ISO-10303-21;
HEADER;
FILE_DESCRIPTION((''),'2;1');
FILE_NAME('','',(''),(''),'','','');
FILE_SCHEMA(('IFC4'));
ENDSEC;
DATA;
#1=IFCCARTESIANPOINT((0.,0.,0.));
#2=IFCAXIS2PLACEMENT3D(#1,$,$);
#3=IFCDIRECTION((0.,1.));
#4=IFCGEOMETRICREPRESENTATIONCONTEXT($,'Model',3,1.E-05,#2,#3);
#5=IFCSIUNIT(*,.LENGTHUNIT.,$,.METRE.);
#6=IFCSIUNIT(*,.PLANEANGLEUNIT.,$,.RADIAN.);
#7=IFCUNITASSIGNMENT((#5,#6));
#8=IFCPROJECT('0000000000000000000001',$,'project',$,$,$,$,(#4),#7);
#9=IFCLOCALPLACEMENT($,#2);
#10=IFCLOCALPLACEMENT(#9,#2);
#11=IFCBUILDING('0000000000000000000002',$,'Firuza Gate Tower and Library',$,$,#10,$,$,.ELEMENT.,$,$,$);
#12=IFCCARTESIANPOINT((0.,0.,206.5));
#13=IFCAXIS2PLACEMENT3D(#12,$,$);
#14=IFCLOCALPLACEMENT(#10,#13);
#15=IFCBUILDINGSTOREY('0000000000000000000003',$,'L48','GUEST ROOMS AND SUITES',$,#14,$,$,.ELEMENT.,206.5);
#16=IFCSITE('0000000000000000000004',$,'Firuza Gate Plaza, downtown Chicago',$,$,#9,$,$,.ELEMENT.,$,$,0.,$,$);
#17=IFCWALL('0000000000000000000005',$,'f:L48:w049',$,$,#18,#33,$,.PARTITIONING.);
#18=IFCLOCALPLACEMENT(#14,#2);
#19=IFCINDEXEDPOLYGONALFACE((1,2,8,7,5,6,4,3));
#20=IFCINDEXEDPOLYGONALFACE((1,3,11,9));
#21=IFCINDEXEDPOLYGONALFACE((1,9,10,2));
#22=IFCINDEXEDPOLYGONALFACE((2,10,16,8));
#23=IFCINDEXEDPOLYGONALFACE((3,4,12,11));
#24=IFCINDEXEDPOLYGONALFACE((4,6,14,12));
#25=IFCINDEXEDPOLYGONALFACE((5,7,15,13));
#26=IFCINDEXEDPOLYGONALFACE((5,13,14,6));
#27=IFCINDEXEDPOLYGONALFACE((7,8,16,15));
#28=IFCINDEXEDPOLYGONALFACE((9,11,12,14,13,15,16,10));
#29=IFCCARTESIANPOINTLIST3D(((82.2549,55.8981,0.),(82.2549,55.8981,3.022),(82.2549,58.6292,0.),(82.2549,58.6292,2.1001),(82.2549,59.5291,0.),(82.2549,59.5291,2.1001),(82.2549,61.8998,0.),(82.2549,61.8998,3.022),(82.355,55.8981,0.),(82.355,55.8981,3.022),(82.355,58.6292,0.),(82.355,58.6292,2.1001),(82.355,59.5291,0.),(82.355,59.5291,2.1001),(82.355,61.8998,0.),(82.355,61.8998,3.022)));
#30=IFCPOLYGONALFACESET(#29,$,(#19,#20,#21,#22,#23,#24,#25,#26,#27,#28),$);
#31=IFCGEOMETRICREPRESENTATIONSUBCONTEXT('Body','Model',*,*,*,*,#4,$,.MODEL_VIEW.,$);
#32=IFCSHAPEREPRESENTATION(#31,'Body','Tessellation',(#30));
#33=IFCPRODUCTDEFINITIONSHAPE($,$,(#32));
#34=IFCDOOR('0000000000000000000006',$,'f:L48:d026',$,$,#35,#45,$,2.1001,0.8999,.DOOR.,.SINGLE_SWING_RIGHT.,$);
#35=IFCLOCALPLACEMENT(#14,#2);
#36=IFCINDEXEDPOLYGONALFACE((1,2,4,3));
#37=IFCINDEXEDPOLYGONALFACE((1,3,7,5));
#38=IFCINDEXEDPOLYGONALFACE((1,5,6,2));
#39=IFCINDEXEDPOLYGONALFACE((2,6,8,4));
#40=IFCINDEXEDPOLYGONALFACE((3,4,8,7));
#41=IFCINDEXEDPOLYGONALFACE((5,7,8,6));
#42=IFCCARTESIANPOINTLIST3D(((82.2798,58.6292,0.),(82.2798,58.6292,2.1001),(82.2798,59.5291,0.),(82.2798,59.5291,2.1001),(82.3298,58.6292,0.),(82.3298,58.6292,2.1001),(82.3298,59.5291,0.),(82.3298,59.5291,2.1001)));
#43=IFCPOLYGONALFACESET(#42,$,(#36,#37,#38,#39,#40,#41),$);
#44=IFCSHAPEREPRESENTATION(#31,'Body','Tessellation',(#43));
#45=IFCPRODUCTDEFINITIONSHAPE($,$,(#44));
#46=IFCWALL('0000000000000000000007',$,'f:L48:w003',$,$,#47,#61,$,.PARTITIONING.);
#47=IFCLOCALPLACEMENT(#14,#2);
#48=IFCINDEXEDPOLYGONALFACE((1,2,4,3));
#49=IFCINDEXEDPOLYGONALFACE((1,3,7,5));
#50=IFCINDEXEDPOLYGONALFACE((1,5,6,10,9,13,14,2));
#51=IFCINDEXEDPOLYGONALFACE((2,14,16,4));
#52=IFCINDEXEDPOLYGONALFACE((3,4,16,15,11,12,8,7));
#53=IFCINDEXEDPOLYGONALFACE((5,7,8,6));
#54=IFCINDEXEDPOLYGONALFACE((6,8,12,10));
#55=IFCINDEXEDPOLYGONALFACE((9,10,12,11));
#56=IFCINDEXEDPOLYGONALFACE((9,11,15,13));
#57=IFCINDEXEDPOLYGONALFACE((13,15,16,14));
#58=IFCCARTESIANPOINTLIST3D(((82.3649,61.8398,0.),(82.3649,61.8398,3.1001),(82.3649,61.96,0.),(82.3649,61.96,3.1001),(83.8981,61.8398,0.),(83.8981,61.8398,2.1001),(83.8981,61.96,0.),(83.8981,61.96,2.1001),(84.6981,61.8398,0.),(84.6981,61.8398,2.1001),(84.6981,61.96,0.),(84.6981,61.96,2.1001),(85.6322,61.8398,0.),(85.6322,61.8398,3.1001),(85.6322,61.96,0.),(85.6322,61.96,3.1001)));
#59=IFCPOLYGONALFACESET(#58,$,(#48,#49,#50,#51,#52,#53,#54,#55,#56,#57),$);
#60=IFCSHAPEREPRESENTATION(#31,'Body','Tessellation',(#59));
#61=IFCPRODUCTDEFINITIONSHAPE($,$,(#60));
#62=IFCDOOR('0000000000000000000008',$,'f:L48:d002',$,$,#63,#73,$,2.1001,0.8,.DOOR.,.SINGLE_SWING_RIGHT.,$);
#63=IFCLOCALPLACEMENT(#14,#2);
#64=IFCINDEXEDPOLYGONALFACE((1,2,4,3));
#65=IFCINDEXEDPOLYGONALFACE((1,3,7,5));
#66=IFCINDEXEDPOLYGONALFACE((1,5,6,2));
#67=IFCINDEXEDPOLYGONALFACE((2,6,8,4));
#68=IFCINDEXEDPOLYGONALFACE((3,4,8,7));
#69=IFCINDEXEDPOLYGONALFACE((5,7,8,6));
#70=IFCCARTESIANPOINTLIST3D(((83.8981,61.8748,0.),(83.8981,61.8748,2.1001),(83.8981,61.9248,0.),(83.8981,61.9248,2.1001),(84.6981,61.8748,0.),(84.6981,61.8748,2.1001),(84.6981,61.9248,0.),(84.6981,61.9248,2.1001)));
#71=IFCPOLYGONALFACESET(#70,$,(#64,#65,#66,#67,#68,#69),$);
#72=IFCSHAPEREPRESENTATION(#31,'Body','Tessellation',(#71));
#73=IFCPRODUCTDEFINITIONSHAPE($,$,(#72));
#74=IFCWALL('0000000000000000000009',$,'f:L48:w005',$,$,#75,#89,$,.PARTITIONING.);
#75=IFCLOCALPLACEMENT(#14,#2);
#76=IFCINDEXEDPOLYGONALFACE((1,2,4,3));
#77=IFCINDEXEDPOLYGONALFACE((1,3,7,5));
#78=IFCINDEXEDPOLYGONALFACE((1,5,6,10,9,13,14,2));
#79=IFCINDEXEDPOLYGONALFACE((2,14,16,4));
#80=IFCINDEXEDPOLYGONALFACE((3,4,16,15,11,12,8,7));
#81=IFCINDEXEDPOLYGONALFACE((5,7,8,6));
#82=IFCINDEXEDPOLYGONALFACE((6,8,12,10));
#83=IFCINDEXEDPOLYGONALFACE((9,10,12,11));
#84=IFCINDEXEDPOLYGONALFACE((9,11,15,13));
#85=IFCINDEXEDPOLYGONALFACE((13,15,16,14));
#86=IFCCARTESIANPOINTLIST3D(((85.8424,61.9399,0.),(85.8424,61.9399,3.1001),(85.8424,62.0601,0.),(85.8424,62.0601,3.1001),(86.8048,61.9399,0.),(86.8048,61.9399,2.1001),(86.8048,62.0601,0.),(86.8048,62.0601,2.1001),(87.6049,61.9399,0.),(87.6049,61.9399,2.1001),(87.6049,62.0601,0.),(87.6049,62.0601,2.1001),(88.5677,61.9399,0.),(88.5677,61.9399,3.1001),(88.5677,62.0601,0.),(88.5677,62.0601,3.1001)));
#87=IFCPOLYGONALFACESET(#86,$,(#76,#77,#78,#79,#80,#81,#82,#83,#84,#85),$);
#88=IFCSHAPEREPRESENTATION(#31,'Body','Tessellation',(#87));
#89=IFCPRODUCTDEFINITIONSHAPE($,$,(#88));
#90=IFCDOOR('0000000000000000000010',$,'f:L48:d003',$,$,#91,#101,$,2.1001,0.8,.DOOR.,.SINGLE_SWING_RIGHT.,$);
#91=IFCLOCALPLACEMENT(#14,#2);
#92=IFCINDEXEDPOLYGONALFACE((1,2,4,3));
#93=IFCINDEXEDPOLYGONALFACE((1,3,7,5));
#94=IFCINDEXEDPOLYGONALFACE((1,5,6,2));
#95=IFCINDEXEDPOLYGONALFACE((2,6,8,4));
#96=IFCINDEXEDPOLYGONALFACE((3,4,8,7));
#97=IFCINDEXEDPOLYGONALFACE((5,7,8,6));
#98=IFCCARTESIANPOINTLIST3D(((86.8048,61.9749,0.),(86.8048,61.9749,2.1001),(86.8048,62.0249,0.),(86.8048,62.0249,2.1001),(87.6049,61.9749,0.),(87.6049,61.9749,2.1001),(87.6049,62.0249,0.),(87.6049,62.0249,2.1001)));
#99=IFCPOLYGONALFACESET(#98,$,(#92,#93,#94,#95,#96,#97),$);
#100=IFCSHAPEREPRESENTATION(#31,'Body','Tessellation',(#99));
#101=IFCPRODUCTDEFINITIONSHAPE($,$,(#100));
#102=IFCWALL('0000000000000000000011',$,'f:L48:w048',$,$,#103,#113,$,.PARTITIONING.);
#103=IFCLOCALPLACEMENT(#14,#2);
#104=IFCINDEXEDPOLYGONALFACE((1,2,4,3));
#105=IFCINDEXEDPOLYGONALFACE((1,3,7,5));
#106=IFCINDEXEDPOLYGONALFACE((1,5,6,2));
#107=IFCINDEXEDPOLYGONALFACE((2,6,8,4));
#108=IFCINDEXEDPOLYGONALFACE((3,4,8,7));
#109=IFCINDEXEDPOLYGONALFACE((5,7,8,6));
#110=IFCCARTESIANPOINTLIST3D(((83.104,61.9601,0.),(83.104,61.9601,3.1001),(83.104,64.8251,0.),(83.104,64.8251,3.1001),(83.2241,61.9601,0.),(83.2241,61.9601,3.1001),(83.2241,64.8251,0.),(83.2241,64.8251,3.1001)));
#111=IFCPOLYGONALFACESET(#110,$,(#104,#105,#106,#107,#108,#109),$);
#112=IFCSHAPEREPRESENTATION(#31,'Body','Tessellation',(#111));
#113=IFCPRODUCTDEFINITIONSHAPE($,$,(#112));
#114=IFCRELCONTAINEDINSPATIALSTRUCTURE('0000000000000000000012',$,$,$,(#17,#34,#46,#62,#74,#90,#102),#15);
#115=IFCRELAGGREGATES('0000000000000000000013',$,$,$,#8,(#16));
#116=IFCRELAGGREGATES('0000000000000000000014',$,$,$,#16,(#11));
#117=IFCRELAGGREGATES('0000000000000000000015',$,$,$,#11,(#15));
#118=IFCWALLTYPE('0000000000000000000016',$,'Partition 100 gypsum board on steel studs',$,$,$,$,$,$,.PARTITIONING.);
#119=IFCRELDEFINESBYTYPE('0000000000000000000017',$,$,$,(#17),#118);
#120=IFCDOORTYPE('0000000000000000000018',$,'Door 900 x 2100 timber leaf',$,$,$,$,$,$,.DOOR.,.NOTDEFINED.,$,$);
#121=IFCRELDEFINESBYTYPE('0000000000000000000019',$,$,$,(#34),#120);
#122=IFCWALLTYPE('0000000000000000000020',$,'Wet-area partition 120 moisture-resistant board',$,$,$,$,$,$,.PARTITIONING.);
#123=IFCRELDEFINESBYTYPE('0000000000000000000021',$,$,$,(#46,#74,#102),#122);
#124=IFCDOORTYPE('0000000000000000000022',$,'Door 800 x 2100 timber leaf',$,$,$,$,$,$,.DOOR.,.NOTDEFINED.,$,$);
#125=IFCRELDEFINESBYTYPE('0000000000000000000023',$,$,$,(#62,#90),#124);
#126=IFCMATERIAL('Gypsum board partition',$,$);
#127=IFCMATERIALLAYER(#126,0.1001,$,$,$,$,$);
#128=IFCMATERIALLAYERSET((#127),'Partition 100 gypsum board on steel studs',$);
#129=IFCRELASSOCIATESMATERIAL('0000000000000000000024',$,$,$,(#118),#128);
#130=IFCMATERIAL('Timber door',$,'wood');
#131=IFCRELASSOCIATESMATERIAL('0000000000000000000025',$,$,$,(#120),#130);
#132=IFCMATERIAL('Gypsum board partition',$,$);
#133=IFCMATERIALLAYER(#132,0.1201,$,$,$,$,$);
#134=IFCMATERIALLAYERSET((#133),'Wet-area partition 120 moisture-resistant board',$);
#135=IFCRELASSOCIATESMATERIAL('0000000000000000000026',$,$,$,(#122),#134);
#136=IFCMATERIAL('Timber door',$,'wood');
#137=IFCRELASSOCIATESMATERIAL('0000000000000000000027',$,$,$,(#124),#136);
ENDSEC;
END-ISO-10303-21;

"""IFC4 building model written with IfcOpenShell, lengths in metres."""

from ifc_helpers import new_model, si_unit, direction, frame, frame_2d, origin, place, context, subcontext, project, spatial, rectangle, extrude, material, layer, layer_set, type_object, element, fill, save


model = new_model("IFC4")

# Units and contexts
model_context = context("Model", 3, precision=1e-05, world=origin(), true_north=direction((0.0, 1.0)))
body_context = subcontext(model_context, "Body", "Model", "MODEL_VIEW")
ifc_project = project(units=[si_unit("LENGTHUNIT", "METRE"), si_unit("PLANEANGLEUNIT", "RADIAN")], contexts=[model_context])

# Site, building, storey
site_placement = place(None, origin())
site = spatial("IfcSite", under=ifc_project, at=site_placement, Name="Firuza Gate Plaza, downtown Chicago", CompositionType="ELEMENT", RefElevation=0.0)
building_placement = place(site_placement, origin())
building = spatial("IfcBuilding", under=site, at=building_placement, Name="Firuza Gate Tower and Library", CompositionType="ELEMENT")
storey_placement = place(building_placement, frame((0.0, 0.0, 206.5)))
storey = spatial("IfcBuildingStorey", under=building, at=storey_placement, Name="L48", Description="GUEST ROOMS AND SUITES", CompositionType="ELEMENT", Elevation=206.5)

# Walls, openings, doors
ifc_material_1 = material(Name="Gypsum board partition")
ifc_layer_1 = layer(ifc_material_1, 0.1001)
ifc_layer_set_1 = layer_set([ifc_layer_1], Name="Partition 100 gypsum board on steel studs")
wall_type_1 = type_object("IfcWallType", Name="Partition 100 gypsum board on steel studs", PredefinedType="PARTITIONING", material=ifc_layer_set_1)
wall_1_placement = place(storey_placement, frame((82.3049, 61.8999, 0.0), z_axis=(0.0, 0.0, 1.0), x_axis=(0.0, -1.0, 0.0)))
wall_1 = element("IfcWall", 1, at=wall_1_placement, inside=storey, type_object=wall_type_1, Name="f:L48:w049", PredefinedType="PARTITIONING", context=body_context, shape_type="SweptSolid", body=[
    extrude(rectangle(XDim=6.0017, YDim=0.1001, at=frame_2d((3.001, 0.0))), origin(), (0.0, 0.0, 1.0), 3.022),
])
opening_1_placement = place(wall_1_placement, frame((2.3708, 0.0, 0.0)))
opening_1 = element("IfcOpeningElement", 2, at=opening_1_placement, cuts=wall_1, PredefinedType="OPENING", context=body_context, shape_type="SweptSolid", body=[
    extrude(rectangle(XDim=0.8999, YDim=2.1001, at=frame_2d((0.45, 1.05))), frame((0.0, 0.0601, 0.0), z_axis=(0.0, -1.0, 0.0), x_axis=(1.0, 0.0, 0.0)), (0.0, 0.0, 1.0), 0.1201),
])
ifc_material_2 = material(Name="Timber door", Category="wood")
door_type_1 = type_object("IfcDoorType", Name="Door 900 x 2100 timber leaf", OperationType="NOTDEFINED", PredefinedType="DOOR", material=ifc_material_2)
door_1_placement = place(opening_1_placement, origin())
door_1 = element("IfcDoor", 3, at=door_1_placement, inside=storey, type_object=door_type_1, Name="f:L48:d026", OperationType="SINGLE_SWING_RIGHT", OverallHeight=2.1001, OverallWidth=0.8999, PredefinedType="DOOR", context=body_context, shape_type="SweptSolid", body=[
    extrude(rectangle(XDim=0.8999, YDim=2.1001, at=frame_2d((0.45, 1.05))), frame((0.0, 0.0249, 0.0), z_axis=(0.0, -1.0, 0.0), x_axis=(1.0, 0.0, 0.0)), (0.0, 0.0, 1.0), 0.05),
])
fill(opening_1, door_1)
ifc_material_3 = material(Name="Gypsum board partition")
ifc_layer_2 = layer(ifc_material_3, 0.1201)
ifc_layer_set_2 = layer_set([ifc_layer_2], Name="Wet-area partition 120 moisture-resistant board")
wall_type_2 = type_object("IfcWallType", Name="Wet-area partition 120 moisture-resistant board", PredefinedType="PARTITIONING", material=ifc_layer_set_2)
wall_2_placement = place(storey_placement, frame((82.3647, 61.8999, 0.0), z_axis=(0.0, 0.0, 1.0), x_axis=(1.0, 0.0, 0.0)))
wall_2 = element("IfcWall", 4, at=wall_2_placement, inside=storey, type_object=wall_type_2, Name="f:L48:w003", PredefinedType="PARTITIONING", context=body_context, shape_type="SweptSolid", body=[
    extrude(rectangle(XDim=3.2673, YDim=0.1201, at=frame_2d((1.6338, 0.0))), origin(), (0.0, 0.0, 1.0), 3.1001),
])
opening_2_placement = place(wall_2_placement, frame((1.5334, 0.0, 0.0)))
opening_2 = element("IfcOpeningElement", 5, at=opening_2_placement, cuts=wall_2, PredefinedType="OPENING", context=body_context, shape_type="SweptSolid", body=[
    extrude(rectangle(XDim=0.8, YDim=2.1001, at=frame_2d((0.3999, 1.05))), frame((0.0, 0.0701, 0.0), z_axis=(0.0, -1.0, 0.0), x_axis=(1.0, 0.0, 0.0)), (0.0, 0.0, 1.0), 0.1401),
])
ifc_material_4 = material(Name="Timber door", Category="wood")
door_type_2 = type_object("IfcDoorType", Name="Door 800 x 2100 timber leaf", OperationType="NOTDEFINED", PredefinedType="DOOR", material=ifc_material_4)
door_2_placement = place(opening_2_placement, origin())
door_2 = element("IfcDoor", 6, at=door_2_placement, inside=storey, type_object=door_type_2, Name="f:L48:d002", OperationType="SINGLE_SWING_RIGHT", OverallHeight=2.1001, OverallWidth=0.8, PredefinedType="DOOR", context=body_context, shape_type="SweptSolid", body=[
    extrude(rectangle(XDim=0.8, YDim=2.1001, at=frame_2d((0.3999, 1.05))), frame((0.0, 0.0249, 0.0), z_axis=(0.0, -1.0, 0.0), x_axis=(1.0, 0.0, 0.0)), (0.0, 0.0, 1.0), 0.05),
])
fill(opening_2, door_2)
wall_3_placement = place(storey_placement, frame((85.8423, 62.0, 0.0), z_axis=(0.0, 0.0, 1.0), x_axis=(1.0, 0.0, 0.0)))
wall_3 = element("IfcWall", 7, at=wall_3_placement, inside=storey, type_object=wall_type_2, Name="f:L48:w005", PredefinedType="PARTITIONING", context=body_context, shape_type="SweptSolid", body=[
    extrude(rectangle(XDim=2.7253, YDim=0.1201, at=frame_2d((1.3628, 0.0))), origin(), (0.0, 0.0, 1.0), 3.1001),
])
opening_3_placement = place(wall_3_placement, frame((0.9626, 0.0, 0.0)))
opening_3 = element("IfcOpeningElement", 8, at=opening_3_placement, cuts=wall_3, PredefinedType="OPENING", context=body_context, shape_type="SweptSolid", body=[
    extrude(rectangle(XDim=0.8, YDim=2.1001, at=frame_2d((0.3999, 1.05))), frame((0.0, 0.0701, 0.0), z_axis=(0.0, -1.0, 0.0), x_axis=(1.0, 0.0, 0.0)), (0.0, 0.0, 1.0), 0.1401),
])
door_3_placement = place(opening_3_placement, origin())
door_3 = element("IfcDoor", 9, at=door_3_placement, inside=storey, type_object=door_type_2, Name="f:L48:d003", OperationType="SINGLE_SWING_RIGHT", OverallHeight=2.1001, OverallWidth=0.8, PredefinedType="DOOR", context=body_context, shape_type="SweptSolid", body=[
    extrude(rectangle(XDim=0.8, YDim=2.1001, at=frame_2d((0.3999, 1.05))), frame((0.0, 0.0249, 0.0), z_axis=(0.0, -1.0, 0.0), x_axis=(1.0, 0.0, 0.0)), (0.0, 0.0, 1.0), 0.05),
])
fill(opening_3, door_3)

# Wall
wall_4_placement = place(storey_placement, frame((83.1641, 61.96, 0.0), z_axis=(0.0, 0.0, 1.0), x_axis=(0.0, 1.0, 0.0)))
element("IfcWall", 10, at=wall_4_placement, inside=storey, type_object=wall_type_2, Name="f:L48:w048", PredefinedType="PARTITIONING", context=body_context, shape_type="SweptSolid", body=[
    extrude(rectangle(XDim=2.865, YDim=0.1201, at=frame_2d((1.4326, 0.0))), origin(), (0.0, 0.0, 1.0), 3.1001),
])

save(model, "model.ifc")
